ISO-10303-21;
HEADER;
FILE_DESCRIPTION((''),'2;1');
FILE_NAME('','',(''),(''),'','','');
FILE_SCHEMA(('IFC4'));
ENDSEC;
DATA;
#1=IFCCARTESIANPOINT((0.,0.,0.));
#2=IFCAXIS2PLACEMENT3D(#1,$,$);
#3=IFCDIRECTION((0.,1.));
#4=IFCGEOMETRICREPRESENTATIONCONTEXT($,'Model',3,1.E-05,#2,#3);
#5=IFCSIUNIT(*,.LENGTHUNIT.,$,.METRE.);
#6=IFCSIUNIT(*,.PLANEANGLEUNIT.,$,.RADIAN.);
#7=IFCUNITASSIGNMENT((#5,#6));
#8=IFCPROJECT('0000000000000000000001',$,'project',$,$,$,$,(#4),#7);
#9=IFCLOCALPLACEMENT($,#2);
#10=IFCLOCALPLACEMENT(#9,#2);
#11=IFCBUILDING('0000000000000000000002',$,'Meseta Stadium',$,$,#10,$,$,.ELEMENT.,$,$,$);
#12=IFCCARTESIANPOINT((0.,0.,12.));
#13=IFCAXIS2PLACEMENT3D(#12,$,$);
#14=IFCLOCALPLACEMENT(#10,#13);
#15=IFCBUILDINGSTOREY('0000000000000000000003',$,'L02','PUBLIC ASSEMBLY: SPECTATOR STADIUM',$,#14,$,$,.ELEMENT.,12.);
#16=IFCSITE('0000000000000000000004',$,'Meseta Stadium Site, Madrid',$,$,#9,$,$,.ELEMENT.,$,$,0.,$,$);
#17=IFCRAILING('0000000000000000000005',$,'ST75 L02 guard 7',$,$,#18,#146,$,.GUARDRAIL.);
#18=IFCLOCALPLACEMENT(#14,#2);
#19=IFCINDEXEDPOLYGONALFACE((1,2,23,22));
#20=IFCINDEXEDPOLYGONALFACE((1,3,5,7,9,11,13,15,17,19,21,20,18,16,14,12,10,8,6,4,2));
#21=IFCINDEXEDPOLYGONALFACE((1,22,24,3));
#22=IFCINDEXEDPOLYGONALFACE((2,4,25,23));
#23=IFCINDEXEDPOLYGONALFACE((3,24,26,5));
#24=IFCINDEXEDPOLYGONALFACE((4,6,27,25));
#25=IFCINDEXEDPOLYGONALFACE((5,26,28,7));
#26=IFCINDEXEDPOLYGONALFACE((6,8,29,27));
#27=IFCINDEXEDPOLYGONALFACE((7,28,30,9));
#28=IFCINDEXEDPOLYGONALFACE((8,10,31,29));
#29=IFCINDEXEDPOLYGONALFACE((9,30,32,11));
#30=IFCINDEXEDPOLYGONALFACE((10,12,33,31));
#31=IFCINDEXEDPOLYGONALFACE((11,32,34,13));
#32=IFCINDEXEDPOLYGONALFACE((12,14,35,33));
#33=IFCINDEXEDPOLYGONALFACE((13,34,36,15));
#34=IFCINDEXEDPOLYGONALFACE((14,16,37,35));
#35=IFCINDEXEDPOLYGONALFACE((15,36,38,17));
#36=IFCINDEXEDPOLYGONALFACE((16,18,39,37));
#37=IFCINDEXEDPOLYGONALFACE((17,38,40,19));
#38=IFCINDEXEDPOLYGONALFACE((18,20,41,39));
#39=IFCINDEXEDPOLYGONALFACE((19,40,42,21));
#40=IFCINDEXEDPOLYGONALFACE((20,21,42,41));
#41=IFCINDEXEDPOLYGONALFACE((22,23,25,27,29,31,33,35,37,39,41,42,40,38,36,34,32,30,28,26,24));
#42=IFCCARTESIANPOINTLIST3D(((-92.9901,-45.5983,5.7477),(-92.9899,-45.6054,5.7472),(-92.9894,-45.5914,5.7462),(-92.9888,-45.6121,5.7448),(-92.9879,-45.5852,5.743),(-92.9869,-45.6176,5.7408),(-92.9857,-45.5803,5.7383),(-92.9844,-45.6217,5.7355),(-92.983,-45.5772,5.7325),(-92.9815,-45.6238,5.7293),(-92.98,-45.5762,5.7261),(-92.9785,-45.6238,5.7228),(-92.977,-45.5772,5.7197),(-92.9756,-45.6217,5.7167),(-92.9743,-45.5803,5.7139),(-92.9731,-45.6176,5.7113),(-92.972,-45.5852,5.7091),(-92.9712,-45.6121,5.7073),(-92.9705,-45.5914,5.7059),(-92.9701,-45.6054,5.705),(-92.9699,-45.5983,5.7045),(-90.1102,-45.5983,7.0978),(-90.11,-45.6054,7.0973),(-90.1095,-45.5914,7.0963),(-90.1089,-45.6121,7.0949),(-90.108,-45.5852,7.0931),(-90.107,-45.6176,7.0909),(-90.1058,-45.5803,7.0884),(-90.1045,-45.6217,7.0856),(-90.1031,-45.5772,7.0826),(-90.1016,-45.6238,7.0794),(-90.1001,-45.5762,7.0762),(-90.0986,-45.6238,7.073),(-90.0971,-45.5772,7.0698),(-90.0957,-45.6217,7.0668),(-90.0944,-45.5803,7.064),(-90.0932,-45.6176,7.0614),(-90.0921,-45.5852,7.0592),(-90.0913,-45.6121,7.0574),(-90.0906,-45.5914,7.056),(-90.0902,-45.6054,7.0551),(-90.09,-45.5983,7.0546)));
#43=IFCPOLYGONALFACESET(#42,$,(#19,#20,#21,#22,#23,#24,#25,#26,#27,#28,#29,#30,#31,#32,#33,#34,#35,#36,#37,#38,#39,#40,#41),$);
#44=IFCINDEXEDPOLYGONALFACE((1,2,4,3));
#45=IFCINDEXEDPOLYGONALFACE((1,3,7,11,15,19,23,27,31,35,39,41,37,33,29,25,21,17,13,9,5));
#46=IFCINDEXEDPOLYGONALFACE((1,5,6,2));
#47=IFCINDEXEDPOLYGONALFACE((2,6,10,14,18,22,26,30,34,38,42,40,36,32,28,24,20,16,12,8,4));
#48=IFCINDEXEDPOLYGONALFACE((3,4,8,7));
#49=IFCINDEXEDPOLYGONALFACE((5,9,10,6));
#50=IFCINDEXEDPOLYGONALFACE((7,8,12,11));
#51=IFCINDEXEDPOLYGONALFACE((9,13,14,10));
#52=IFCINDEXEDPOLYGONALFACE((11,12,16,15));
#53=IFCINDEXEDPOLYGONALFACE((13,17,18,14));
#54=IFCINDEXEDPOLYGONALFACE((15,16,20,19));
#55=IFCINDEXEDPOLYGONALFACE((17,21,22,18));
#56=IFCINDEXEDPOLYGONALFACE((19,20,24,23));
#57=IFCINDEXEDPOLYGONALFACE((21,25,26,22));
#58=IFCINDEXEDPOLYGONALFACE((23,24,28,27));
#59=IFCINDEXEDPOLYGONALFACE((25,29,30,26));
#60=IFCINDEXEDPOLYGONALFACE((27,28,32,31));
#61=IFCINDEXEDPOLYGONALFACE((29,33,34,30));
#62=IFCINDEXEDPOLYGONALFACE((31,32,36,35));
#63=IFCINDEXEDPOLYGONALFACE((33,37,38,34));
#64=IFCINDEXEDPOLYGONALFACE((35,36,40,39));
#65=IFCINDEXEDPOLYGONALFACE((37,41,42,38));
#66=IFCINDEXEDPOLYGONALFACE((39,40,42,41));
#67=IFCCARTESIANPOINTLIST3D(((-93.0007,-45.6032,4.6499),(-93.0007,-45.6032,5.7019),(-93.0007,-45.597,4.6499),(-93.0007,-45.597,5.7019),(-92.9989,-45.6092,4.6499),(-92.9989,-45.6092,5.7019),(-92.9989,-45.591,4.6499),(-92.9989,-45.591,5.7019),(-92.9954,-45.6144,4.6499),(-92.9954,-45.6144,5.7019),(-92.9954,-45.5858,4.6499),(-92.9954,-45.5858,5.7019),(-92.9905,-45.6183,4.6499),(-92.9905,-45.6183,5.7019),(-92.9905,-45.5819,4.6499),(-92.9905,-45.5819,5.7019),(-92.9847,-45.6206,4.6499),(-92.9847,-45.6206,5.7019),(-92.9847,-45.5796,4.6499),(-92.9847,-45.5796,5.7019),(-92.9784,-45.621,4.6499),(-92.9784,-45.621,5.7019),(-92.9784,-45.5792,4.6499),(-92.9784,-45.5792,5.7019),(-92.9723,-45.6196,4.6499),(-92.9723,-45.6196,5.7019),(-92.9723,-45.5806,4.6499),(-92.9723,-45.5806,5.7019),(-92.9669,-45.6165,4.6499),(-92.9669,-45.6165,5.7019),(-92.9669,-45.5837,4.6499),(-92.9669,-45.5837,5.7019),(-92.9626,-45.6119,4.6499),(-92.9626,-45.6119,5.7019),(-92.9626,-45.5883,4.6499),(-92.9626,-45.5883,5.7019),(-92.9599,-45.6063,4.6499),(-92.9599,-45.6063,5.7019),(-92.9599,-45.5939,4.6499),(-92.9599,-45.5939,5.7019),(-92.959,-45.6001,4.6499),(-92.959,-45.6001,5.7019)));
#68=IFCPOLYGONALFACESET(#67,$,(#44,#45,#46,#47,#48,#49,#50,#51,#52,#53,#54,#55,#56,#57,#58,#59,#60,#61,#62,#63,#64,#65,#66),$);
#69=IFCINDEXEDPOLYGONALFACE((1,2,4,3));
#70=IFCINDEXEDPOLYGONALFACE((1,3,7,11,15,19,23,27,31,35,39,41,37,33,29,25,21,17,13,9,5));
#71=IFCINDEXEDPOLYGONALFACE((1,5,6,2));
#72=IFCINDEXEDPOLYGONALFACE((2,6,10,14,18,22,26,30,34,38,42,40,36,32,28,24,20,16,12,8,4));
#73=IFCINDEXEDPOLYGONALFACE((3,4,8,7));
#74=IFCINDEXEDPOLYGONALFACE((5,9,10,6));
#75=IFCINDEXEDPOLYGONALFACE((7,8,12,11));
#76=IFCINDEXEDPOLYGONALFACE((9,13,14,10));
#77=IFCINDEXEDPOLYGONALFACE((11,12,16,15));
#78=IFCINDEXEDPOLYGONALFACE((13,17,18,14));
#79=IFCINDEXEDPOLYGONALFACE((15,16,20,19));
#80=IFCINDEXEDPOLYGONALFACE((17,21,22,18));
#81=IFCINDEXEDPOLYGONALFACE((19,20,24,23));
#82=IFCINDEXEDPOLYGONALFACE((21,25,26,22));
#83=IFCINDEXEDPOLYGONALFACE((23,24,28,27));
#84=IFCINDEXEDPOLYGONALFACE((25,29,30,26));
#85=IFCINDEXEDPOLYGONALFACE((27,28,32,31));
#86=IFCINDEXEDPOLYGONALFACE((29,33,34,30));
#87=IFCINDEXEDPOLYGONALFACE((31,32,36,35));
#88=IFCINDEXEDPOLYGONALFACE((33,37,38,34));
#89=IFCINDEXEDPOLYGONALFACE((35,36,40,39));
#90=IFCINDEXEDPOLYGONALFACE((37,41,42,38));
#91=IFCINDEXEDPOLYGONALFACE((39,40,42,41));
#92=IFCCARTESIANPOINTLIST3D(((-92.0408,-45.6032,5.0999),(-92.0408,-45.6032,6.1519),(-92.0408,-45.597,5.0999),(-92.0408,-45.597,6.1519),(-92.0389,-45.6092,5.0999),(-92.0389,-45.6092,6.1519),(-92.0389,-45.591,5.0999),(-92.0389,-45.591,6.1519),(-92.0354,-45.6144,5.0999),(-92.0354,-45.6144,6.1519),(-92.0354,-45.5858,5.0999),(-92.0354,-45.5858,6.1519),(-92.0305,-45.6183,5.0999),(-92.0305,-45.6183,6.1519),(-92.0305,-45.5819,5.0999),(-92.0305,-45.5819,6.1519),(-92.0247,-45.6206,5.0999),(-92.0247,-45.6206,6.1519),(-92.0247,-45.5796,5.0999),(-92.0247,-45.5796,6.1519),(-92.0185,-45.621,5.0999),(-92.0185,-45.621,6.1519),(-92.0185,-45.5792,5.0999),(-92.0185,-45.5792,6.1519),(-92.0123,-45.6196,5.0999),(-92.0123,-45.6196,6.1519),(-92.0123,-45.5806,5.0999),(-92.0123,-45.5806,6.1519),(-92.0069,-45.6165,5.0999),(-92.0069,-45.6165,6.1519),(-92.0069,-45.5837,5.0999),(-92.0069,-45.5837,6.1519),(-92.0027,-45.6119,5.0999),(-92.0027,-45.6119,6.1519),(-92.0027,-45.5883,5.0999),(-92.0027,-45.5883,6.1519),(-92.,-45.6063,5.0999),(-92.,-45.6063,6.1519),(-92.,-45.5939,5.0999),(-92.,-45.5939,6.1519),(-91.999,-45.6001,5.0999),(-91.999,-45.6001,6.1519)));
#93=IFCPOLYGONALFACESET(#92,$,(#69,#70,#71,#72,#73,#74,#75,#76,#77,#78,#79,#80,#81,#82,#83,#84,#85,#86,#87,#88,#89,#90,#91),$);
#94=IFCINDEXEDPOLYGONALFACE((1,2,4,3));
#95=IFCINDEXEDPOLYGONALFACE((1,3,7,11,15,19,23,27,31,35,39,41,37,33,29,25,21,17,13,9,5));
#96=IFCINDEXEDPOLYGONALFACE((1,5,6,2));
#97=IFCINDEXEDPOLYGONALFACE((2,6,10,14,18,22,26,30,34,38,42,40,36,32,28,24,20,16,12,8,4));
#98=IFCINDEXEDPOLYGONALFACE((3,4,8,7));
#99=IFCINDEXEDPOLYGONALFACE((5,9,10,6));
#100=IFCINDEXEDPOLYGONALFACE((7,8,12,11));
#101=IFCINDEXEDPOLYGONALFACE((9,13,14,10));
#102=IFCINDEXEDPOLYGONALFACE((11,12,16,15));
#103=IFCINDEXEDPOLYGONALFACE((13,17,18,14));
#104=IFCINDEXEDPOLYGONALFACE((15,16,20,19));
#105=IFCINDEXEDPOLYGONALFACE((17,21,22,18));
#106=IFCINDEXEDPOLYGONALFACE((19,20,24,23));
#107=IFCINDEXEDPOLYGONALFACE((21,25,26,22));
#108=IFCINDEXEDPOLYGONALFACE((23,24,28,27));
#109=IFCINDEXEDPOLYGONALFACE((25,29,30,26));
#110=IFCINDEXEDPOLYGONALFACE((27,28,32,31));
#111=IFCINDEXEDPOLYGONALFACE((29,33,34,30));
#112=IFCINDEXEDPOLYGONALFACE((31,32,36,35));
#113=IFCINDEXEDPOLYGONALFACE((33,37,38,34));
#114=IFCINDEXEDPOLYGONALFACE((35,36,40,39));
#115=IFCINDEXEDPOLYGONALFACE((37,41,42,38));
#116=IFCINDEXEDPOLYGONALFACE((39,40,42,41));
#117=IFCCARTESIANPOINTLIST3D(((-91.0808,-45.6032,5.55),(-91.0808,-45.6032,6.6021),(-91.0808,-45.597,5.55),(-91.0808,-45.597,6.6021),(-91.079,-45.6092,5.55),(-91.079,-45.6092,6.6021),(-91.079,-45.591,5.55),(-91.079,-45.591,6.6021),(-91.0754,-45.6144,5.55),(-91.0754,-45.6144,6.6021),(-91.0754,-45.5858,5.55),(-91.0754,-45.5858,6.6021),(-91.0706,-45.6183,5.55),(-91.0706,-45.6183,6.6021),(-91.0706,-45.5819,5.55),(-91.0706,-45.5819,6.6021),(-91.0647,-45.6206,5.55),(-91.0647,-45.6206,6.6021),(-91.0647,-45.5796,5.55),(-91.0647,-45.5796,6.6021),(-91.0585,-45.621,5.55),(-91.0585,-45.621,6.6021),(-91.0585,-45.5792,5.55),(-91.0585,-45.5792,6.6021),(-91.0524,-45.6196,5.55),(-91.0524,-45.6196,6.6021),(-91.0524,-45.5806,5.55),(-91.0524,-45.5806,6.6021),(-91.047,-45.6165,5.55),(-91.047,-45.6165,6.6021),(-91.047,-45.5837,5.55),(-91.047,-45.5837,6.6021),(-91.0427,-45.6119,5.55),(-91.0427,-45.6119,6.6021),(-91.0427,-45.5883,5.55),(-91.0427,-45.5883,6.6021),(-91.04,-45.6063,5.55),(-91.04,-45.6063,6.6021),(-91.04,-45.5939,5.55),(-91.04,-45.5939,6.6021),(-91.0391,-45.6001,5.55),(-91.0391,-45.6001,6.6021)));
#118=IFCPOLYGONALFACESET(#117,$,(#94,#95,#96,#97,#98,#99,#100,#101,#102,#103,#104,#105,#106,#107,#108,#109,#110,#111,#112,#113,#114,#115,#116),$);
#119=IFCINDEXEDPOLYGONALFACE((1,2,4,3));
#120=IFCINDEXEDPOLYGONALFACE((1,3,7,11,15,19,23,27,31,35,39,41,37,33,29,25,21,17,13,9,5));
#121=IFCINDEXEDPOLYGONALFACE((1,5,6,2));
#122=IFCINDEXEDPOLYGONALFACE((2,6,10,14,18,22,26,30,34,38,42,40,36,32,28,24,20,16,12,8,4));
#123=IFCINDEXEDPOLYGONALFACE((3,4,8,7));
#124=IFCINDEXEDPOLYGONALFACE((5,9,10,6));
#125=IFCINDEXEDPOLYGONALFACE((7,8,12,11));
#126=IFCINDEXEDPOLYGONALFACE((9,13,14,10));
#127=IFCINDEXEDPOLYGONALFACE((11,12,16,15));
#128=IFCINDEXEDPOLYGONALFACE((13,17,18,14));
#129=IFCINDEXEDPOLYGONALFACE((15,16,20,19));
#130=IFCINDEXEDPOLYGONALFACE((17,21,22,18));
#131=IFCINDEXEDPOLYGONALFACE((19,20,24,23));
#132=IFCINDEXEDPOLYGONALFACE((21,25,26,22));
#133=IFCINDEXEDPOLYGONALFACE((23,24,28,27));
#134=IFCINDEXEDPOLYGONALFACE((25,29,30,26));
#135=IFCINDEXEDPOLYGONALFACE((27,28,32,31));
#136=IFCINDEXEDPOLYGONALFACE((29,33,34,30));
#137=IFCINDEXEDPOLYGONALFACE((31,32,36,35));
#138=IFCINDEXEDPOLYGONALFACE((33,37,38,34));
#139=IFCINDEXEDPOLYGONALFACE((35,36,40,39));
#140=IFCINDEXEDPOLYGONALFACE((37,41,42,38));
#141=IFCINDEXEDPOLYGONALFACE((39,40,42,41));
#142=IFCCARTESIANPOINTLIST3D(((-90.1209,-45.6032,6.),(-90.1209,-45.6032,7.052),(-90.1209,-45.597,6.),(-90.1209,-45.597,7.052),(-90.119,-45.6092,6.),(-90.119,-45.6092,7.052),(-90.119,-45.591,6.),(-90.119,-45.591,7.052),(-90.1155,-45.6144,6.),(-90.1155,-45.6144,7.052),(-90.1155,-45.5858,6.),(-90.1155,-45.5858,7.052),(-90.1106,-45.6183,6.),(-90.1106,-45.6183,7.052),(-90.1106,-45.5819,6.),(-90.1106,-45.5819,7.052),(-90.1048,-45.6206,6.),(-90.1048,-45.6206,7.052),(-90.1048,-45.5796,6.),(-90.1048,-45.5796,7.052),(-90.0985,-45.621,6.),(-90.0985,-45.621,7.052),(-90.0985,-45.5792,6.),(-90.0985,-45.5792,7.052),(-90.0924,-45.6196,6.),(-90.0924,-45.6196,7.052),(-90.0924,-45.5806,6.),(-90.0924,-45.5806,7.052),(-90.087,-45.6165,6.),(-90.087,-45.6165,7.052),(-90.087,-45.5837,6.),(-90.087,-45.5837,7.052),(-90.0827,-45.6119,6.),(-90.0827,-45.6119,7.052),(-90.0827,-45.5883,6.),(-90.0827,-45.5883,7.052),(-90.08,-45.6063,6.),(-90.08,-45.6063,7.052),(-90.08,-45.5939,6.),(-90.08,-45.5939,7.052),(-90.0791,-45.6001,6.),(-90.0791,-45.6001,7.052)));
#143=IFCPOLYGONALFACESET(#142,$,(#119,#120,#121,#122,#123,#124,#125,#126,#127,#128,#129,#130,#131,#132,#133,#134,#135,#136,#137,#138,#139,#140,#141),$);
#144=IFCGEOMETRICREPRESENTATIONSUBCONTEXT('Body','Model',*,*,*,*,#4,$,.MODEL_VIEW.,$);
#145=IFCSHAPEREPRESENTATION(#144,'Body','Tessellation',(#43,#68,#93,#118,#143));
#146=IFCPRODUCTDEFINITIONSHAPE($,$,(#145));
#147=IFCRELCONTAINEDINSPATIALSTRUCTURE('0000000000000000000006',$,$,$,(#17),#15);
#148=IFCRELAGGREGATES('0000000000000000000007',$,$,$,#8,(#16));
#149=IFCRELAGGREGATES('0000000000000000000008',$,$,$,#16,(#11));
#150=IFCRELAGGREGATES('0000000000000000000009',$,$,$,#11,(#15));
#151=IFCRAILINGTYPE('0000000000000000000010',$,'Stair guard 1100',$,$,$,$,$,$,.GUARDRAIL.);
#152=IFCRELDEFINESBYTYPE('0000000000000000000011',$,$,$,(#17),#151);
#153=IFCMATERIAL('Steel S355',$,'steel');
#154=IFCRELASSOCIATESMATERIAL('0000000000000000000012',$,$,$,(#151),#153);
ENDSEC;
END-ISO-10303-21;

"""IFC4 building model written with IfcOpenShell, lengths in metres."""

from ifc_helpers import new_model, si_unit, direction, frame, origin, origin_2d, place, context, subcontext, project, spatial, circle, extrude, material, type_object, element, save


model = new_model("IFC4")

# Units and contexts
model_context = context("Model", 3, precision=1e-05, world=origin(), true_north=direction((0.0, 1.0)))
body_context = subcontext(model_context, "Body", "Model", "MODEL_VIEW")
ifc_project = project(units=[si_unit("LENGTHUNIT", "METRE"), si_unit("PLANEANGLEUNIT", "RADIAN")], contexts=[model_context])

# Site, building, storey
site_placement = place(None, origin())
site = spatial("IfcSite", under=ifc_project, at=site_placement, Name="Meseta Stadium Site, Madrid", CompositionType="ELEMENT", RefElevation=0.0)
building_placement = place(site_placement, origin())
building = spatial("IfcBuilding", under=site, at=building_placement, Name="Meseta Stadium", CompositionType="ELEMENT")
storey_placement = place(building_placement, frame((0.0, 0.0, 12.0)))
storey = spatial("IfcBuildingStorey", under=building, at=storey_placement, Name="L02", Description="PUBLIC ASSEMBLY: SPECTATOR STADIUM", CompositionType="ELEMENT", Elevation=12.0)

# Railing
ifc_material_1 = material(Name="Steel S355", Category="steel")
railing_type_1 = type_object("IfcRailingType", Name="Stair guard 1100", PredefinedType="GUARDRAIL", material=ifc_material_1)
railing_1_placement = place(storey_placement, frame((-92.98, -45.6001, 4.6499)))
element("IfcRailing", 1, at=railing_1_placement, inside=storey, type_object=railing_type_1, Name="ST75 L02 guard 7", PredefinedType="GUARDRAIL", context=body_context, shape_type="SweptSolid", body=[
    extrude(circle(Radius=0.0239, at=origin_2d()), frame((0.0, 0.0, 1.0762), z_axis=(0.90544, 0.0, 0.424473), x_axis=(0.0, 1.0, 0.0)), (0.0, 0.0, 1.0), 3.1807),
    extrude(circle(Radius=0.021, at=origin_2d()), origin(), (0.0, 0.0, 1.0), 1.052),
    extrude(circle(Radius=0.021, at=origin_2d()), frame((0.96, 0.0, 0.45)), (0.0, 0.0, 1.0), 1.052),
    extrude(circle(Radius=0.021, at=origin_2d()), frame((1.9199, 0.0, 0.9001)), (0.0, 0.0, 1.0), 1.052),
    extrude(circle(Radius=0.021, at=origin_2d()), frame((2.8799, 0.0, 1.3501)), (0.0, 0.0, 1.0), 1.052),
])

save(model, "model.ifc")
